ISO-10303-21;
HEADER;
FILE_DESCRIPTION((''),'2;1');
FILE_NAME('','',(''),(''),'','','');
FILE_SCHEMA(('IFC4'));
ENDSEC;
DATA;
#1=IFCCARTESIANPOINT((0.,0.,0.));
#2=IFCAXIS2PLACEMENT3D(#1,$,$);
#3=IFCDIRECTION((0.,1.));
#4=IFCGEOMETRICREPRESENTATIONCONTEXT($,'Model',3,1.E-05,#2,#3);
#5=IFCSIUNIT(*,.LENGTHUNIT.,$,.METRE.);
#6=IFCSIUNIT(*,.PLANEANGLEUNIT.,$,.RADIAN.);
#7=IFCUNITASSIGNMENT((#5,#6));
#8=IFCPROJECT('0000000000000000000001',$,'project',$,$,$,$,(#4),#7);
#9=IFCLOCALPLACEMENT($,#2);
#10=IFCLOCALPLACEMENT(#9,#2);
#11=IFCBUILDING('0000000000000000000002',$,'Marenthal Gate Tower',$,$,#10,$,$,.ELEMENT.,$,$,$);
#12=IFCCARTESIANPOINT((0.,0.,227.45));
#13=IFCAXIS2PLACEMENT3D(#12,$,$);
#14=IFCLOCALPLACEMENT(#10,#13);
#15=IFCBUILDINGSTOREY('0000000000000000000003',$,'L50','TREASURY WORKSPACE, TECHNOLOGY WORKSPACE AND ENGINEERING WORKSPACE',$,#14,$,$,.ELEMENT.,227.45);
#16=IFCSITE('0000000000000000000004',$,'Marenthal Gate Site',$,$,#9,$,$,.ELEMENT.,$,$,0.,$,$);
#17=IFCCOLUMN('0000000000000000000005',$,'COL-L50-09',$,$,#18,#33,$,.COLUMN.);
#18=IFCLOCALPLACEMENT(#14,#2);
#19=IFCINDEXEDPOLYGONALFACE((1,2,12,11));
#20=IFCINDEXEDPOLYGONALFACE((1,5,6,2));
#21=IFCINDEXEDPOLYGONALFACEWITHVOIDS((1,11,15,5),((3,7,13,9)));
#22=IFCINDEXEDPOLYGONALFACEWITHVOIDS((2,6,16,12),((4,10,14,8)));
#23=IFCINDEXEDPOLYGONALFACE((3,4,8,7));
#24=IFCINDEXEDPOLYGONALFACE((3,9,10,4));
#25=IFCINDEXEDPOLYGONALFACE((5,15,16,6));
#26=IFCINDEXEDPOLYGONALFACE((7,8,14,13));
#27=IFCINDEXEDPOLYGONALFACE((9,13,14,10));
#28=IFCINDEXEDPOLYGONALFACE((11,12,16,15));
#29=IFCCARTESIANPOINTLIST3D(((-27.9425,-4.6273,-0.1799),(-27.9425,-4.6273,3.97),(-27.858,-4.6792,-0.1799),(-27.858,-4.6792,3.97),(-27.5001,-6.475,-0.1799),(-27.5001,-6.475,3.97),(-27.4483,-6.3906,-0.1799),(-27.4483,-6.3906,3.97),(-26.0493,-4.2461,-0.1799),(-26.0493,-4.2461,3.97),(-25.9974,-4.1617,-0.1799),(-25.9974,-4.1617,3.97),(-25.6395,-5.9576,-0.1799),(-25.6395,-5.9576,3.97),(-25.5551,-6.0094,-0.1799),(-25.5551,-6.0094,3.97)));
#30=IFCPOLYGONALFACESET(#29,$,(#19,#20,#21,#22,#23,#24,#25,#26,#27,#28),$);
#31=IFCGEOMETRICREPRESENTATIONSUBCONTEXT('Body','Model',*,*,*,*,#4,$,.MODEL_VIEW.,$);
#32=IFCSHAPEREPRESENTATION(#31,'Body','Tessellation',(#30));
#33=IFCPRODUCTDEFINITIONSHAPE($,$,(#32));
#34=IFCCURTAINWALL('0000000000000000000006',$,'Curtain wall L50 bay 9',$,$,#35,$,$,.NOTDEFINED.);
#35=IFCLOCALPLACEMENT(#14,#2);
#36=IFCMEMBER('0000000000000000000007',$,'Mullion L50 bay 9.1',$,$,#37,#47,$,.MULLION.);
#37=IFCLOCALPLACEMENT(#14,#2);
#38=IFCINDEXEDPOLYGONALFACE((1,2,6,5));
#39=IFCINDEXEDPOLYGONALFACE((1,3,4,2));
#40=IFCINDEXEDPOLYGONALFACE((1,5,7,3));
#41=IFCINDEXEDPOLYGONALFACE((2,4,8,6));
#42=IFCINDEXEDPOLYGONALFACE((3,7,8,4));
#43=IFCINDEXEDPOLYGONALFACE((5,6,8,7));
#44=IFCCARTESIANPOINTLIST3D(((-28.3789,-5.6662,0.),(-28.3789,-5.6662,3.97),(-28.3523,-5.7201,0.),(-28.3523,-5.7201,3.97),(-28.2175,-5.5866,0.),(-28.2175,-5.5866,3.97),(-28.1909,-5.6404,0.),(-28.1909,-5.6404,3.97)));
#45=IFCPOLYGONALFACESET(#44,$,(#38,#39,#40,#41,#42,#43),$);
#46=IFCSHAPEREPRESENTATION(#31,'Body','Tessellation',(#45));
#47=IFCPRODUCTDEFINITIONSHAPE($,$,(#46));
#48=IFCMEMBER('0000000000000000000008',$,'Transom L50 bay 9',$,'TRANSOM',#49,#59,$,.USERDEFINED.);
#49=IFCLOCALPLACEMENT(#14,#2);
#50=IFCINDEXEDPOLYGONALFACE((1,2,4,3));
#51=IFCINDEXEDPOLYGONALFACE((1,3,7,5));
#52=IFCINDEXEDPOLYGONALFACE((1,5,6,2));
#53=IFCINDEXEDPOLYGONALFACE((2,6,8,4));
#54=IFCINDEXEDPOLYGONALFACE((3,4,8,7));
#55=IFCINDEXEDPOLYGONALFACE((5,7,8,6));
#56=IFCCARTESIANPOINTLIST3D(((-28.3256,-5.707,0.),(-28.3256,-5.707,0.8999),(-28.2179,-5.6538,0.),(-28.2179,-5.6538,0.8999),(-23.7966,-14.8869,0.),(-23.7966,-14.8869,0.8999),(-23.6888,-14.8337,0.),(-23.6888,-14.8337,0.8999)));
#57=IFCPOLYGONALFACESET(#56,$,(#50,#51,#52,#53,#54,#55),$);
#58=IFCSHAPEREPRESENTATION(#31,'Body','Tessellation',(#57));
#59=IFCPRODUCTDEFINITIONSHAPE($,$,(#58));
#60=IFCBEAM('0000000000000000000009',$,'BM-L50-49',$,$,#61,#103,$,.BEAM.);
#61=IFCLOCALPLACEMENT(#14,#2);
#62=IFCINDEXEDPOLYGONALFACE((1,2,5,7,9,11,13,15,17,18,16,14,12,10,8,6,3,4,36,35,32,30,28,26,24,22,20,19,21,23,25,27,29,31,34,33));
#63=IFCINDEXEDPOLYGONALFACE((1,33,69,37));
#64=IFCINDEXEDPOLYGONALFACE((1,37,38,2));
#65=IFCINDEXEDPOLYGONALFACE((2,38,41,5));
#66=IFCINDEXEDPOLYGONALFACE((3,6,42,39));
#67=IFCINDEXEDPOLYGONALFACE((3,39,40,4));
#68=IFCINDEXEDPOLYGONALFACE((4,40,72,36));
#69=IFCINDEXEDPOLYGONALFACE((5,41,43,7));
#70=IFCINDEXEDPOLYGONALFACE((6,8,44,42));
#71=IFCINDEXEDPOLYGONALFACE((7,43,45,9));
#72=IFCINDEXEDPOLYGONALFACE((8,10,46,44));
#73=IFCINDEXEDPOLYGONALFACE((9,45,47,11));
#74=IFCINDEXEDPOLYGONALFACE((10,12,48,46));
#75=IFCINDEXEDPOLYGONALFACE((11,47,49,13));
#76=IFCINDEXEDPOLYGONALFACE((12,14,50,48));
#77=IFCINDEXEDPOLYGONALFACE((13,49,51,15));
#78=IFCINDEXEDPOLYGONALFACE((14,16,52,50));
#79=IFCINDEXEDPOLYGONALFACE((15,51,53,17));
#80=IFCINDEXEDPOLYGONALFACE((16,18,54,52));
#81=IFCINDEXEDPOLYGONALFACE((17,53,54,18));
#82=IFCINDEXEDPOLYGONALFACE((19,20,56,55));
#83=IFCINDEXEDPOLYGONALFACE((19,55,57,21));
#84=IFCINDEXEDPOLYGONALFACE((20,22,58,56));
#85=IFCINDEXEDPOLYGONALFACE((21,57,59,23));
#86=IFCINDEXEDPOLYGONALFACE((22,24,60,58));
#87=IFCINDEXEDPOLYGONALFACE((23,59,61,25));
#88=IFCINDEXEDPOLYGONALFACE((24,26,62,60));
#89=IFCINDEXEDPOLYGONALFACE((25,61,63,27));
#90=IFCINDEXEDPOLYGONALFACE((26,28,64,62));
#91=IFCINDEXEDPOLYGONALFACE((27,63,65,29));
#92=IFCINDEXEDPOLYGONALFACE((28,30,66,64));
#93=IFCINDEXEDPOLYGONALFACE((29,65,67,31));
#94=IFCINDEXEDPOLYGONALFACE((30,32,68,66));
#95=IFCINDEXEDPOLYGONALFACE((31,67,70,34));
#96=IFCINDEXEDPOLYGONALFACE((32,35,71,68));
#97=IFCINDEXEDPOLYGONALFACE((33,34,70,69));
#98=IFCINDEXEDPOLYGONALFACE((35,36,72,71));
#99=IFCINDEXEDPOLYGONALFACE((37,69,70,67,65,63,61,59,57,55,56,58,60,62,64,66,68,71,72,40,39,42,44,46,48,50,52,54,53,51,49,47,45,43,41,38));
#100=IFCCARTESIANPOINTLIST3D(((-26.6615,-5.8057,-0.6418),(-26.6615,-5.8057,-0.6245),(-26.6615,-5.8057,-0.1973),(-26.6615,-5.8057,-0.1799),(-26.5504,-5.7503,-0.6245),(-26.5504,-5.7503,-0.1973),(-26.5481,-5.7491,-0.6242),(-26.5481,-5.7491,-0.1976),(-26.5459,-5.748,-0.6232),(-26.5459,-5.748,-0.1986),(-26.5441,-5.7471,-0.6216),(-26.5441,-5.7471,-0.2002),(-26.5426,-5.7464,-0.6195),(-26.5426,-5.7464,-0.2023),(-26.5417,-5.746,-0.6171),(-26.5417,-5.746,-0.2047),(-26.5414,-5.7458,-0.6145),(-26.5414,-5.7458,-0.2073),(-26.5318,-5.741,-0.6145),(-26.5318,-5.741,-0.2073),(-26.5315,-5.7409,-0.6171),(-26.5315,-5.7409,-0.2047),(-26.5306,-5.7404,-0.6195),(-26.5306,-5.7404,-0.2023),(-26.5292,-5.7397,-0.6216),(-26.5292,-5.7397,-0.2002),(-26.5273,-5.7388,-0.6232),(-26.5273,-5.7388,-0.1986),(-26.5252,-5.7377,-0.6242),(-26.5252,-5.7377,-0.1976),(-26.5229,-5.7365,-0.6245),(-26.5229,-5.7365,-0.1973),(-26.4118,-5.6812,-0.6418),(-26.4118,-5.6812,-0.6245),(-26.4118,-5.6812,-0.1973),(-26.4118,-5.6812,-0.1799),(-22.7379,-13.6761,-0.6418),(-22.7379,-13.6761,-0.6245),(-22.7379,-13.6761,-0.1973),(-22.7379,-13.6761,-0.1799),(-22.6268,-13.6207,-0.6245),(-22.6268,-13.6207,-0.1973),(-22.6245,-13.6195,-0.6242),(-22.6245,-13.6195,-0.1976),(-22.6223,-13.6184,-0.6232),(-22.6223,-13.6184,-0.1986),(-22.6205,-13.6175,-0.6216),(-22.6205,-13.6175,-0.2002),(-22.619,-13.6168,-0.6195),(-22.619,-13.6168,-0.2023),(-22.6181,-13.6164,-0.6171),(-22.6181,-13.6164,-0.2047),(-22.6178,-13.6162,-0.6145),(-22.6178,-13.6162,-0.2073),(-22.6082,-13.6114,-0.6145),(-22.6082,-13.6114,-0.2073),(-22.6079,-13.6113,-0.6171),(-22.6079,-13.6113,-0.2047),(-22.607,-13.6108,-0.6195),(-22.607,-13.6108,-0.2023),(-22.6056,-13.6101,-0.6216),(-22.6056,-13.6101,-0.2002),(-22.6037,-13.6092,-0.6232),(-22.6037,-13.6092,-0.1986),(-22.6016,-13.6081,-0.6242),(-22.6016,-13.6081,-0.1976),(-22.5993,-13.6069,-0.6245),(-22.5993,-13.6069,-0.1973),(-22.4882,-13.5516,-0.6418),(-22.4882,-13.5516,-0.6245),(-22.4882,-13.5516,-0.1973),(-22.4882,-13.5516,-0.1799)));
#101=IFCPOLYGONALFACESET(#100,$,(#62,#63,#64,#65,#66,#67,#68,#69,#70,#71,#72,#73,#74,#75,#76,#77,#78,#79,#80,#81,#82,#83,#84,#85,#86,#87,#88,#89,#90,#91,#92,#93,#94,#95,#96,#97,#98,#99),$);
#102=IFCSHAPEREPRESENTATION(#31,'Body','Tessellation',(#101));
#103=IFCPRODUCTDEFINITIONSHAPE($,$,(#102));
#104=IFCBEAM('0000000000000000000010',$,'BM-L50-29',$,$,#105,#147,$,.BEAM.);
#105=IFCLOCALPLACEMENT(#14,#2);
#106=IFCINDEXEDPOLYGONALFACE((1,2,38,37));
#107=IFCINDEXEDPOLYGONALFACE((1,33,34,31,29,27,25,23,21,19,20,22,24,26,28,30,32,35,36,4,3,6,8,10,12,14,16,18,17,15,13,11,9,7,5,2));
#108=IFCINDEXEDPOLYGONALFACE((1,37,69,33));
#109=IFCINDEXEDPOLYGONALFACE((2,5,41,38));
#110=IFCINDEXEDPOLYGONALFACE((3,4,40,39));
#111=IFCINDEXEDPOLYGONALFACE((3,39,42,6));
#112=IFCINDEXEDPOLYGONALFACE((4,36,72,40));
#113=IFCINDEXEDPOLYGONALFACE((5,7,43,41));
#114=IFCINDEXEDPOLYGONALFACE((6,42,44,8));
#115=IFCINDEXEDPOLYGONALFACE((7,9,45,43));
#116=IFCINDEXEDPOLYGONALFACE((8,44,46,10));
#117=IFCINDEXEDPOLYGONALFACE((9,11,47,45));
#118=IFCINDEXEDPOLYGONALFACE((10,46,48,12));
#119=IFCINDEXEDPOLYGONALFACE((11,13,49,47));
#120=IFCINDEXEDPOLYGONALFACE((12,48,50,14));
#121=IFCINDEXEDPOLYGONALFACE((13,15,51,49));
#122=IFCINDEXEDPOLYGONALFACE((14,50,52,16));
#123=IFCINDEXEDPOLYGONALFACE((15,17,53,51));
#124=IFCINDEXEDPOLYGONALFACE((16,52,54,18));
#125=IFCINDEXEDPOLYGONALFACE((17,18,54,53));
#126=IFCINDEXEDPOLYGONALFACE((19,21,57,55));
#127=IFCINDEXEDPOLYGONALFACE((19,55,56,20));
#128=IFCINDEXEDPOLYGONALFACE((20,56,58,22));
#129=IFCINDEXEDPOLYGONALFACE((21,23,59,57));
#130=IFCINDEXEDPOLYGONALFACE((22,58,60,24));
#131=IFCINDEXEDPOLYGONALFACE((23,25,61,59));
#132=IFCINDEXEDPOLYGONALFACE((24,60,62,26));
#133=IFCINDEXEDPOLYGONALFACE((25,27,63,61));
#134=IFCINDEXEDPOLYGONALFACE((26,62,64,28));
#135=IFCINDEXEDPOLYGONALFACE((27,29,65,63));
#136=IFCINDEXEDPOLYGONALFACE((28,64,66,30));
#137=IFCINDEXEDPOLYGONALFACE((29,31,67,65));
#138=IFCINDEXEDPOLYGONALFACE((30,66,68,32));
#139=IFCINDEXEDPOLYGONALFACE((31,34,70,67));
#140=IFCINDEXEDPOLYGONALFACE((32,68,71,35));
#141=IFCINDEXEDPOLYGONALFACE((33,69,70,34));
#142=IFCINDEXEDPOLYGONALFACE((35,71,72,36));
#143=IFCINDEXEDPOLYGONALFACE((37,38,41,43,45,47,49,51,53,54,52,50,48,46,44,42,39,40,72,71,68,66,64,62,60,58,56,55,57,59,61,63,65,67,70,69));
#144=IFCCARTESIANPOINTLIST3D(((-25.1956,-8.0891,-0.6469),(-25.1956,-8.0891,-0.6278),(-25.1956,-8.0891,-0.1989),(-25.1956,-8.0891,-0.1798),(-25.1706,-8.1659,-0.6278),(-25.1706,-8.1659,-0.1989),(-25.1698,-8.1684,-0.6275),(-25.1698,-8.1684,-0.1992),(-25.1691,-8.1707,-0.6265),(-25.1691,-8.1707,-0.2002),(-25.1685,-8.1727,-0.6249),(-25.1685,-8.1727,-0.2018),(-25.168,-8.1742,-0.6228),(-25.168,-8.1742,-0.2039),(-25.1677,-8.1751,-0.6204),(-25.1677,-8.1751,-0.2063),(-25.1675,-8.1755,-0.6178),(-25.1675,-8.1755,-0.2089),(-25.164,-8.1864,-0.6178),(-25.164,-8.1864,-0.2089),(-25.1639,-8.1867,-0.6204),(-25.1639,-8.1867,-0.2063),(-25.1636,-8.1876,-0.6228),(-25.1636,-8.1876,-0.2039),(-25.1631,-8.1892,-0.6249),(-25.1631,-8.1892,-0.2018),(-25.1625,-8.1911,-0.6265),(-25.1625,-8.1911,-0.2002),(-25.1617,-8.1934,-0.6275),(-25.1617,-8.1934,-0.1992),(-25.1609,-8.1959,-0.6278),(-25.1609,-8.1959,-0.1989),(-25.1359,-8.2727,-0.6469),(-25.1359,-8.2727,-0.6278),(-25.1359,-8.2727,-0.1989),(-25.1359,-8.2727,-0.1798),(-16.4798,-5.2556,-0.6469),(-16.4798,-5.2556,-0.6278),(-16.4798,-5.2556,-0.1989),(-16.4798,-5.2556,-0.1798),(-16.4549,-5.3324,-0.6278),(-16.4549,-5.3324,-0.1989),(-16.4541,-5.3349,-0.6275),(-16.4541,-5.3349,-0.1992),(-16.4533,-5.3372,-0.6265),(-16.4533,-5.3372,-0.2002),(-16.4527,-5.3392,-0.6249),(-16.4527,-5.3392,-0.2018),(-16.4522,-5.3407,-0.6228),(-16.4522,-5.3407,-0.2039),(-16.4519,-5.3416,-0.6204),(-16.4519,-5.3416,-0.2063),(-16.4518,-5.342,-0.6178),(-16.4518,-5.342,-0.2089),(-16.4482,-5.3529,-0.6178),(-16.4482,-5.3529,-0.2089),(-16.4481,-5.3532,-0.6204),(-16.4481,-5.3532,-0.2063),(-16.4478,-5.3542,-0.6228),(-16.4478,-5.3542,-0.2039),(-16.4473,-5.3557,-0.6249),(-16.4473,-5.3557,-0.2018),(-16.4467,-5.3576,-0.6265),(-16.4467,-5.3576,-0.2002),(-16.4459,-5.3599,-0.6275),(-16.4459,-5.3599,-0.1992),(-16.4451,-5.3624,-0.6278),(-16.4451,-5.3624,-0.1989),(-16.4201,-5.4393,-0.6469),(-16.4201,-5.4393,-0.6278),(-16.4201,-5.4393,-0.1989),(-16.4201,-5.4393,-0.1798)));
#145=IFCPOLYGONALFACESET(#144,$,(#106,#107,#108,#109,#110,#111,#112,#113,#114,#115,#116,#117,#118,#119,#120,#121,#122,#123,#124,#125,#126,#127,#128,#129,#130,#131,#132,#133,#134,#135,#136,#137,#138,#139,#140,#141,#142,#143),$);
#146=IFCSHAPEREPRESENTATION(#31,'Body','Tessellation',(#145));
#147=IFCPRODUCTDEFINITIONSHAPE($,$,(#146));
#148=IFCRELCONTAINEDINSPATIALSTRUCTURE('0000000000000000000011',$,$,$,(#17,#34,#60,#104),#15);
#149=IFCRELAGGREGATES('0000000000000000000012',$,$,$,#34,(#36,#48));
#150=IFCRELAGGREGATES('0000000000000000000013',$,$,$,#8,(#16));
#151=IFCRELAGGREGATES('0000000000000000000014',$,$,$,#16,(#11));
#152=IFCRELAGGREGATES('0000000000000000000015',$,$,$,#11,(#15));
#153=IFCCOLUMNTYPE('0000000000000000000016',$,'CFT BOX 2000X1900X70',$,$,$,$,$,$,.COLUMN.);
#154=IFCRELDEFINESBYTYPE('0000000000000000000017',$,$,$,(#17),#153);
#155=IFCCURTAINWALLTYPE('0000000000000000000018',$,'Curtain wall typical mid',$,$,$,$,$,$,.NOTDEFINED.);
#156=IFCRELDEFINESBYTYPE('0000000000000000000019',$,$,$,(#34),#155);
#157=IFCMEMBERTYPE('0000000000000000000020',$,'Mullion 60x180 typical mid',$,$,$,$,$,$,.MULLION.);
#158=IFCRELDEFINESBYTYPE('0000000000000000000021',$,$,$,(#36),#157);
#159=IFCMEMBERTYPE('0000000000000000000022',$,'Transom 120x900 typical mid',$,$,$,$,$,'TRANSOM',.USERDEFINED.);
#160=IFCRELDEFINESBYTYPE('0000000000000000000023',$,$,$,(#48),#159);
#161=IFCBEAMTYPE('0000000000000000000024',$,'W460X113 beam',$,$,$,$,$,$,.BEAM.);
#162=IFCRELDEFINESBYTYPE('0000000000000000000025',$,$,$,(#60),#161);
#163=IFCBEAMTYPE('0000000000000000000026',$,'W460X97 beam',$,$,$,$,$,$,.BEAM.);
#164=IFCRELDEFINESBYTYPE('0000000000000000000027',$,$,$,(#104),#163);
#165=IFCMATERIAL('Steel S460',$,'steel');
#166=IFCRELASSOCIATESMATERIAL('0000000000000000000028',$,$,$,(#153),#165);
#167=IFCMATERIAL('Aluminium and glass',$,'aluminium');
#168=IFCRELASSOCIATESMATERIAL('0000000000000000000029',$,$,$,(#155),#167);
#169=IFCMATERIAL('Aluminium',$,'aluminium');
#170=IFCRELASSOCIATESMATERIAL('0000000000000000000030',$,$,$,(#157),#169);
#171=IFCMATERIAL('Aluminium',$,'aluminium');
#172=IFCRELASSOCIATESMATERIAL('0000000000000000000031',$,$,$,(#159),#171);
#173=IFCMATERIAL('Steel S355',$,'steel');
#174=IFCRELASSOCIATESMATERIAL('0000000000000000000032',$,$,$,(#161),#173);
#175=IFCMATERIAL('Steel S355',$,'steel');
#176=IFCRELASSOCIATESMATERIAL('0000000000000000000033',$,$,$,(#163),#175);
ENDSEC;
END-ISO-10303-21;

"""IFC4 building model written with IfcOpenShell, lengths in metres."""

from ifc_helpers import new_model, si_unit, direction, frame, origin, origin_2d, place, context, subcontext, project, spatial, rectangle, hollow_rectangle, i_section, extrude, material, material_profile, profile_set, type_object, element, aggregate, save


model = new_model("IFC4")

# Units and contexts
model_context = context("Model", 3, precision=1e-05, world=origin(), true_north=direction((0.0, 1.0)))
body_context = subcontext(model_context, "Body", "Model", "MODEL_VIEW")
ifc_project = project(units=[si_unit("LENGTHUNIT", "METRE"), si_unit("PLANEANGLEUNIT", "RADIAN")], contexts=[model_context])

# Site, building, storey
site_placement = place(None, origin())
site = spatial("IfcSite", under=ifc_project, at=site_placement, Name="Marenthal Gate Site", CompositionType="ELEMENT", RefElevation=0.0)
building_placement = place(site_placement, origin())
building = spatial("IfcBuilding", under=site, at=building_placement, Name="Marenthal Gate Tower", CompositionType="ELEMENT")
storey_placement = place(building_placement, frame((0.0, 0.0, 227.45)))
storey = spatial("IfcBuildingStorey", under=building, at=storey_placement, Name="L50", Description="TREASURY WORKSPACE, TECHNOLOGY WORKSPACE AND ENGINEERING WORKSPACE", CompositionType="ELEMENT", Elevation=227.45)

# Column
ifc_material_1 = material(Name="Steel S460", Category="steel")
ifc_material_profile_1 = material_profile(ifc_material_1, hollow_rectangle(XDim=1.8999, YDim=2.0, WallThickness=0.0701, at=origin_2d()), Name="CFT BOX 2000X1900X70")
ifc_material_2 = material(Name="Concrete 70 MPa", Category="concrete")
ifc_material_profile_2 = material_profile(ifc_material_2, rectangle(XDim=1.76, YDim=1.8601, at=origin_2d()), Name="CFT BOX 2000X1900X70 INFILL")
ifc_profile_set_1 = profile_set([ifc_material_profile_1, ifc_material_profile_2], Name="Steel S460 shell, Concrete 70 MPa infill")
column_type = type_object("IfcColumnType", Name="CFT BOX 2000X1900X70", PredefinedType="COLUMN", material=ifc_profile_set_1)
column_placement = place(storey_placement, frame((-26.7488, -5.3184, -0.1799), z_axis=(0.0, 0.0, 1.0), x_axis=(-0.232822, 0.972519, 0.0)))
element("IfcColumn", 1, at=column_placement, inside=storey, type_object=column_type, Name="COL-L50-09", PredefinedType="COLUMN", context=body_context, shape_type="SweptSolid", body=[
    extrude(hollow_rectangle(XDim=1.8999, YDim=2.0, WallThickness=0.0701, at=origin_2d()), origin(), (0.0, 0.0, 1.0), 4.1499),
])

# Curtain wall, members
ifc_material_3 = material(Name="Aluminium and glass", Category="aluminium")
curtain_wall_type = type_object("IfcCurtainWallType", Name="Curtain wall typical mid", PredefinedType="NOTDEFINED", material=ifc_material_3)
curtain_wall_placement = place(storey_placement, origin())
curtain_wall = element("IfcCurtainWall", 2, at=curtain_wall_placement, inside=storey, type_object=curtain_wall_type, Name="Curtain wall L50 bay 9", PredefinedType="NOTDEFINED")
ifc_material_4 = material(Name="Aluminium", Category="aluminium")
ifc_material_profile_3 = material_profile(ifc_material_4, rectangle(XDim=0.1799, YDim=0.0601, at=origin_2d()), Name="60x180 aluminium mullion")
ifc_profile_set_2 = profile_set([ifc_material_profile_3], Name="Aluminium")
member_type_1 = type_object("IfcMemberType", Name="Mullion 60x180 typical mid", PredefinedType="MULLION", material=ifc_profile_set_2)
member_1_placement = place(storey_placement, frame((-28.2849, -5.6533, 0.0), z_axis=(0.0, 0.0, 1.0), x_axis=(0.896798, 0.442441, 0.0)))
member_1 = element("IfcMember", 3, at=member_1_placement, type_object=member_type_1, Name="Mullion L50 bay 9.1", PredefinedType="MULLION", context=body_context, shape_type="SweptSolid", body=[
    extrude(rectangle(XDim=0.1799, YDim=0.0601, at=origin_2d()), origin(), (0.0, 0.0, 1.0), 3.97),
])
ifc_material_5 = material(Name="Aluminium", Category="aluminium")
ifc_material_profile_4 = material_profile(ifc_material_5, rectangle(XDim=0.1201, YDim=0.8999, at=origin_2d()), Name="120x900 aluminium transom")
ifc_profile_set_3 = profile_set([ifc_material_profile_4], Name="Aluminium")
member_type_2 = type_object("IfcMemberType", Name="Transom 120x900 typical mid", ElementType="TRANSOM", PredefinedType="USERDEFINED", material=ifc_profile_set_3)
member_2_placement = place(storey_placement, frame((-28.2717, -5.6804, 0.45), z_axis=(0.442447, -0.896795, 0.0), x_axis=(0.896795, 0.442447, 0.0)))
member_2 = element("IfcMember", 4, at=member_2_placement, type_object=member_type_2, Name="Transom L50 bay 9", ObjectType="TRANSOM", PredefinedType="USERDEFINED", context=body_context, shape_type="SweptSolid", body=[
    extrude(rectangle(XDim=0.1201, YDim=0.8999, at=origin_2d()), origin(), (0.0, 0.0, 1.0), 10.2363),
])

# Beams
ifc_material_6 = material(Name="Steel S355", Category="steel")
ifc_material_profile_5 = material_profile(ifc_material_6, i_section(OverallWidth=0.2791, OverallDepth=0.4619, WebThickness=0.0107, FlangeThickness=0.0173, FilletRadius=0.01, at=origin_2d()), Name="W460X113")
ifc_profile_set_4 = profile_set([ifc_material_profile_5], Name="Steel S355")
beam_type_1 = type_object("IfcBeamType", Name="W460X113 beam", PredefinedType="BEAM", material=ifc_profile_set_4)
beam_1_placement = place(storey_placement, frame((-26.5366, -5.7434, -0.4109), z_axis=(0.446158, -0.894954, 0.0), x_axis=(0.894954, 0.446158, 0.0)))
element("IfcBeam", 5, at=beam_1_placement, inside=storey, type_object=beam_type_1, Name="BM-L50-49", PredefinedType="BEAM", context=body_context, shape_type="SweptSolid", body=[
    extrude(i_section(OverallWidth=0.2791, OverallDepth=0.4619, WebThickness=0.0107, FlangeThickness=0.0173, FilletRadius=0.01, at=origin_2d()), origin(), (0.0, 0.0, 1.0), 8.7942),
])
ifc_material_7 = material(Name="Steel S355", Category="steel")
ifc_material_profile_6 = material_profile(ifc_material_7, i_section(OverallWidth=0.1931, OverallDepth=0.467, WebThickness=0.0115, FlangeThickness=0.019, FilletRadius=0.01, at=origin_2d()), Name="W460X97")
ifc_profile_set_5 = profile_set([ifc_material_profile_6], Name="Steel S355")
beam_type_2 = type_object("IfcBeamType", Name="W460X97 beam", PredefinedType="BEAM", material=ifc_profile_set_5)
beam_2_placement = place(storey_placement, frame((-25.1658, -8.1809, -0.4133), z_axis=(0.951007, 0.30917, 0.0), x_axis=(-0.30917, 0.951007, 0.0)))
element("IfcBeam", 6, at=beam_2_placement, inside=storey, type_object=beam_type_2, Name="BM-L50-29", PredefinedType="BEAM", context=body_context, shape_type="SweptSolid", body=[
    extrude(i_section(OverallWidth=0.1931, OverallDepth=0.467, WebThickness=0.0115, FlangeThickness=0.019, FilletRadius=0.01, at=origin_2d()), origin(), (0.0, 0.0, 1.0), 9.1648),
])

aggregate(curtain_wall, [member_1, member_2])

save(model, "model.ifc")
